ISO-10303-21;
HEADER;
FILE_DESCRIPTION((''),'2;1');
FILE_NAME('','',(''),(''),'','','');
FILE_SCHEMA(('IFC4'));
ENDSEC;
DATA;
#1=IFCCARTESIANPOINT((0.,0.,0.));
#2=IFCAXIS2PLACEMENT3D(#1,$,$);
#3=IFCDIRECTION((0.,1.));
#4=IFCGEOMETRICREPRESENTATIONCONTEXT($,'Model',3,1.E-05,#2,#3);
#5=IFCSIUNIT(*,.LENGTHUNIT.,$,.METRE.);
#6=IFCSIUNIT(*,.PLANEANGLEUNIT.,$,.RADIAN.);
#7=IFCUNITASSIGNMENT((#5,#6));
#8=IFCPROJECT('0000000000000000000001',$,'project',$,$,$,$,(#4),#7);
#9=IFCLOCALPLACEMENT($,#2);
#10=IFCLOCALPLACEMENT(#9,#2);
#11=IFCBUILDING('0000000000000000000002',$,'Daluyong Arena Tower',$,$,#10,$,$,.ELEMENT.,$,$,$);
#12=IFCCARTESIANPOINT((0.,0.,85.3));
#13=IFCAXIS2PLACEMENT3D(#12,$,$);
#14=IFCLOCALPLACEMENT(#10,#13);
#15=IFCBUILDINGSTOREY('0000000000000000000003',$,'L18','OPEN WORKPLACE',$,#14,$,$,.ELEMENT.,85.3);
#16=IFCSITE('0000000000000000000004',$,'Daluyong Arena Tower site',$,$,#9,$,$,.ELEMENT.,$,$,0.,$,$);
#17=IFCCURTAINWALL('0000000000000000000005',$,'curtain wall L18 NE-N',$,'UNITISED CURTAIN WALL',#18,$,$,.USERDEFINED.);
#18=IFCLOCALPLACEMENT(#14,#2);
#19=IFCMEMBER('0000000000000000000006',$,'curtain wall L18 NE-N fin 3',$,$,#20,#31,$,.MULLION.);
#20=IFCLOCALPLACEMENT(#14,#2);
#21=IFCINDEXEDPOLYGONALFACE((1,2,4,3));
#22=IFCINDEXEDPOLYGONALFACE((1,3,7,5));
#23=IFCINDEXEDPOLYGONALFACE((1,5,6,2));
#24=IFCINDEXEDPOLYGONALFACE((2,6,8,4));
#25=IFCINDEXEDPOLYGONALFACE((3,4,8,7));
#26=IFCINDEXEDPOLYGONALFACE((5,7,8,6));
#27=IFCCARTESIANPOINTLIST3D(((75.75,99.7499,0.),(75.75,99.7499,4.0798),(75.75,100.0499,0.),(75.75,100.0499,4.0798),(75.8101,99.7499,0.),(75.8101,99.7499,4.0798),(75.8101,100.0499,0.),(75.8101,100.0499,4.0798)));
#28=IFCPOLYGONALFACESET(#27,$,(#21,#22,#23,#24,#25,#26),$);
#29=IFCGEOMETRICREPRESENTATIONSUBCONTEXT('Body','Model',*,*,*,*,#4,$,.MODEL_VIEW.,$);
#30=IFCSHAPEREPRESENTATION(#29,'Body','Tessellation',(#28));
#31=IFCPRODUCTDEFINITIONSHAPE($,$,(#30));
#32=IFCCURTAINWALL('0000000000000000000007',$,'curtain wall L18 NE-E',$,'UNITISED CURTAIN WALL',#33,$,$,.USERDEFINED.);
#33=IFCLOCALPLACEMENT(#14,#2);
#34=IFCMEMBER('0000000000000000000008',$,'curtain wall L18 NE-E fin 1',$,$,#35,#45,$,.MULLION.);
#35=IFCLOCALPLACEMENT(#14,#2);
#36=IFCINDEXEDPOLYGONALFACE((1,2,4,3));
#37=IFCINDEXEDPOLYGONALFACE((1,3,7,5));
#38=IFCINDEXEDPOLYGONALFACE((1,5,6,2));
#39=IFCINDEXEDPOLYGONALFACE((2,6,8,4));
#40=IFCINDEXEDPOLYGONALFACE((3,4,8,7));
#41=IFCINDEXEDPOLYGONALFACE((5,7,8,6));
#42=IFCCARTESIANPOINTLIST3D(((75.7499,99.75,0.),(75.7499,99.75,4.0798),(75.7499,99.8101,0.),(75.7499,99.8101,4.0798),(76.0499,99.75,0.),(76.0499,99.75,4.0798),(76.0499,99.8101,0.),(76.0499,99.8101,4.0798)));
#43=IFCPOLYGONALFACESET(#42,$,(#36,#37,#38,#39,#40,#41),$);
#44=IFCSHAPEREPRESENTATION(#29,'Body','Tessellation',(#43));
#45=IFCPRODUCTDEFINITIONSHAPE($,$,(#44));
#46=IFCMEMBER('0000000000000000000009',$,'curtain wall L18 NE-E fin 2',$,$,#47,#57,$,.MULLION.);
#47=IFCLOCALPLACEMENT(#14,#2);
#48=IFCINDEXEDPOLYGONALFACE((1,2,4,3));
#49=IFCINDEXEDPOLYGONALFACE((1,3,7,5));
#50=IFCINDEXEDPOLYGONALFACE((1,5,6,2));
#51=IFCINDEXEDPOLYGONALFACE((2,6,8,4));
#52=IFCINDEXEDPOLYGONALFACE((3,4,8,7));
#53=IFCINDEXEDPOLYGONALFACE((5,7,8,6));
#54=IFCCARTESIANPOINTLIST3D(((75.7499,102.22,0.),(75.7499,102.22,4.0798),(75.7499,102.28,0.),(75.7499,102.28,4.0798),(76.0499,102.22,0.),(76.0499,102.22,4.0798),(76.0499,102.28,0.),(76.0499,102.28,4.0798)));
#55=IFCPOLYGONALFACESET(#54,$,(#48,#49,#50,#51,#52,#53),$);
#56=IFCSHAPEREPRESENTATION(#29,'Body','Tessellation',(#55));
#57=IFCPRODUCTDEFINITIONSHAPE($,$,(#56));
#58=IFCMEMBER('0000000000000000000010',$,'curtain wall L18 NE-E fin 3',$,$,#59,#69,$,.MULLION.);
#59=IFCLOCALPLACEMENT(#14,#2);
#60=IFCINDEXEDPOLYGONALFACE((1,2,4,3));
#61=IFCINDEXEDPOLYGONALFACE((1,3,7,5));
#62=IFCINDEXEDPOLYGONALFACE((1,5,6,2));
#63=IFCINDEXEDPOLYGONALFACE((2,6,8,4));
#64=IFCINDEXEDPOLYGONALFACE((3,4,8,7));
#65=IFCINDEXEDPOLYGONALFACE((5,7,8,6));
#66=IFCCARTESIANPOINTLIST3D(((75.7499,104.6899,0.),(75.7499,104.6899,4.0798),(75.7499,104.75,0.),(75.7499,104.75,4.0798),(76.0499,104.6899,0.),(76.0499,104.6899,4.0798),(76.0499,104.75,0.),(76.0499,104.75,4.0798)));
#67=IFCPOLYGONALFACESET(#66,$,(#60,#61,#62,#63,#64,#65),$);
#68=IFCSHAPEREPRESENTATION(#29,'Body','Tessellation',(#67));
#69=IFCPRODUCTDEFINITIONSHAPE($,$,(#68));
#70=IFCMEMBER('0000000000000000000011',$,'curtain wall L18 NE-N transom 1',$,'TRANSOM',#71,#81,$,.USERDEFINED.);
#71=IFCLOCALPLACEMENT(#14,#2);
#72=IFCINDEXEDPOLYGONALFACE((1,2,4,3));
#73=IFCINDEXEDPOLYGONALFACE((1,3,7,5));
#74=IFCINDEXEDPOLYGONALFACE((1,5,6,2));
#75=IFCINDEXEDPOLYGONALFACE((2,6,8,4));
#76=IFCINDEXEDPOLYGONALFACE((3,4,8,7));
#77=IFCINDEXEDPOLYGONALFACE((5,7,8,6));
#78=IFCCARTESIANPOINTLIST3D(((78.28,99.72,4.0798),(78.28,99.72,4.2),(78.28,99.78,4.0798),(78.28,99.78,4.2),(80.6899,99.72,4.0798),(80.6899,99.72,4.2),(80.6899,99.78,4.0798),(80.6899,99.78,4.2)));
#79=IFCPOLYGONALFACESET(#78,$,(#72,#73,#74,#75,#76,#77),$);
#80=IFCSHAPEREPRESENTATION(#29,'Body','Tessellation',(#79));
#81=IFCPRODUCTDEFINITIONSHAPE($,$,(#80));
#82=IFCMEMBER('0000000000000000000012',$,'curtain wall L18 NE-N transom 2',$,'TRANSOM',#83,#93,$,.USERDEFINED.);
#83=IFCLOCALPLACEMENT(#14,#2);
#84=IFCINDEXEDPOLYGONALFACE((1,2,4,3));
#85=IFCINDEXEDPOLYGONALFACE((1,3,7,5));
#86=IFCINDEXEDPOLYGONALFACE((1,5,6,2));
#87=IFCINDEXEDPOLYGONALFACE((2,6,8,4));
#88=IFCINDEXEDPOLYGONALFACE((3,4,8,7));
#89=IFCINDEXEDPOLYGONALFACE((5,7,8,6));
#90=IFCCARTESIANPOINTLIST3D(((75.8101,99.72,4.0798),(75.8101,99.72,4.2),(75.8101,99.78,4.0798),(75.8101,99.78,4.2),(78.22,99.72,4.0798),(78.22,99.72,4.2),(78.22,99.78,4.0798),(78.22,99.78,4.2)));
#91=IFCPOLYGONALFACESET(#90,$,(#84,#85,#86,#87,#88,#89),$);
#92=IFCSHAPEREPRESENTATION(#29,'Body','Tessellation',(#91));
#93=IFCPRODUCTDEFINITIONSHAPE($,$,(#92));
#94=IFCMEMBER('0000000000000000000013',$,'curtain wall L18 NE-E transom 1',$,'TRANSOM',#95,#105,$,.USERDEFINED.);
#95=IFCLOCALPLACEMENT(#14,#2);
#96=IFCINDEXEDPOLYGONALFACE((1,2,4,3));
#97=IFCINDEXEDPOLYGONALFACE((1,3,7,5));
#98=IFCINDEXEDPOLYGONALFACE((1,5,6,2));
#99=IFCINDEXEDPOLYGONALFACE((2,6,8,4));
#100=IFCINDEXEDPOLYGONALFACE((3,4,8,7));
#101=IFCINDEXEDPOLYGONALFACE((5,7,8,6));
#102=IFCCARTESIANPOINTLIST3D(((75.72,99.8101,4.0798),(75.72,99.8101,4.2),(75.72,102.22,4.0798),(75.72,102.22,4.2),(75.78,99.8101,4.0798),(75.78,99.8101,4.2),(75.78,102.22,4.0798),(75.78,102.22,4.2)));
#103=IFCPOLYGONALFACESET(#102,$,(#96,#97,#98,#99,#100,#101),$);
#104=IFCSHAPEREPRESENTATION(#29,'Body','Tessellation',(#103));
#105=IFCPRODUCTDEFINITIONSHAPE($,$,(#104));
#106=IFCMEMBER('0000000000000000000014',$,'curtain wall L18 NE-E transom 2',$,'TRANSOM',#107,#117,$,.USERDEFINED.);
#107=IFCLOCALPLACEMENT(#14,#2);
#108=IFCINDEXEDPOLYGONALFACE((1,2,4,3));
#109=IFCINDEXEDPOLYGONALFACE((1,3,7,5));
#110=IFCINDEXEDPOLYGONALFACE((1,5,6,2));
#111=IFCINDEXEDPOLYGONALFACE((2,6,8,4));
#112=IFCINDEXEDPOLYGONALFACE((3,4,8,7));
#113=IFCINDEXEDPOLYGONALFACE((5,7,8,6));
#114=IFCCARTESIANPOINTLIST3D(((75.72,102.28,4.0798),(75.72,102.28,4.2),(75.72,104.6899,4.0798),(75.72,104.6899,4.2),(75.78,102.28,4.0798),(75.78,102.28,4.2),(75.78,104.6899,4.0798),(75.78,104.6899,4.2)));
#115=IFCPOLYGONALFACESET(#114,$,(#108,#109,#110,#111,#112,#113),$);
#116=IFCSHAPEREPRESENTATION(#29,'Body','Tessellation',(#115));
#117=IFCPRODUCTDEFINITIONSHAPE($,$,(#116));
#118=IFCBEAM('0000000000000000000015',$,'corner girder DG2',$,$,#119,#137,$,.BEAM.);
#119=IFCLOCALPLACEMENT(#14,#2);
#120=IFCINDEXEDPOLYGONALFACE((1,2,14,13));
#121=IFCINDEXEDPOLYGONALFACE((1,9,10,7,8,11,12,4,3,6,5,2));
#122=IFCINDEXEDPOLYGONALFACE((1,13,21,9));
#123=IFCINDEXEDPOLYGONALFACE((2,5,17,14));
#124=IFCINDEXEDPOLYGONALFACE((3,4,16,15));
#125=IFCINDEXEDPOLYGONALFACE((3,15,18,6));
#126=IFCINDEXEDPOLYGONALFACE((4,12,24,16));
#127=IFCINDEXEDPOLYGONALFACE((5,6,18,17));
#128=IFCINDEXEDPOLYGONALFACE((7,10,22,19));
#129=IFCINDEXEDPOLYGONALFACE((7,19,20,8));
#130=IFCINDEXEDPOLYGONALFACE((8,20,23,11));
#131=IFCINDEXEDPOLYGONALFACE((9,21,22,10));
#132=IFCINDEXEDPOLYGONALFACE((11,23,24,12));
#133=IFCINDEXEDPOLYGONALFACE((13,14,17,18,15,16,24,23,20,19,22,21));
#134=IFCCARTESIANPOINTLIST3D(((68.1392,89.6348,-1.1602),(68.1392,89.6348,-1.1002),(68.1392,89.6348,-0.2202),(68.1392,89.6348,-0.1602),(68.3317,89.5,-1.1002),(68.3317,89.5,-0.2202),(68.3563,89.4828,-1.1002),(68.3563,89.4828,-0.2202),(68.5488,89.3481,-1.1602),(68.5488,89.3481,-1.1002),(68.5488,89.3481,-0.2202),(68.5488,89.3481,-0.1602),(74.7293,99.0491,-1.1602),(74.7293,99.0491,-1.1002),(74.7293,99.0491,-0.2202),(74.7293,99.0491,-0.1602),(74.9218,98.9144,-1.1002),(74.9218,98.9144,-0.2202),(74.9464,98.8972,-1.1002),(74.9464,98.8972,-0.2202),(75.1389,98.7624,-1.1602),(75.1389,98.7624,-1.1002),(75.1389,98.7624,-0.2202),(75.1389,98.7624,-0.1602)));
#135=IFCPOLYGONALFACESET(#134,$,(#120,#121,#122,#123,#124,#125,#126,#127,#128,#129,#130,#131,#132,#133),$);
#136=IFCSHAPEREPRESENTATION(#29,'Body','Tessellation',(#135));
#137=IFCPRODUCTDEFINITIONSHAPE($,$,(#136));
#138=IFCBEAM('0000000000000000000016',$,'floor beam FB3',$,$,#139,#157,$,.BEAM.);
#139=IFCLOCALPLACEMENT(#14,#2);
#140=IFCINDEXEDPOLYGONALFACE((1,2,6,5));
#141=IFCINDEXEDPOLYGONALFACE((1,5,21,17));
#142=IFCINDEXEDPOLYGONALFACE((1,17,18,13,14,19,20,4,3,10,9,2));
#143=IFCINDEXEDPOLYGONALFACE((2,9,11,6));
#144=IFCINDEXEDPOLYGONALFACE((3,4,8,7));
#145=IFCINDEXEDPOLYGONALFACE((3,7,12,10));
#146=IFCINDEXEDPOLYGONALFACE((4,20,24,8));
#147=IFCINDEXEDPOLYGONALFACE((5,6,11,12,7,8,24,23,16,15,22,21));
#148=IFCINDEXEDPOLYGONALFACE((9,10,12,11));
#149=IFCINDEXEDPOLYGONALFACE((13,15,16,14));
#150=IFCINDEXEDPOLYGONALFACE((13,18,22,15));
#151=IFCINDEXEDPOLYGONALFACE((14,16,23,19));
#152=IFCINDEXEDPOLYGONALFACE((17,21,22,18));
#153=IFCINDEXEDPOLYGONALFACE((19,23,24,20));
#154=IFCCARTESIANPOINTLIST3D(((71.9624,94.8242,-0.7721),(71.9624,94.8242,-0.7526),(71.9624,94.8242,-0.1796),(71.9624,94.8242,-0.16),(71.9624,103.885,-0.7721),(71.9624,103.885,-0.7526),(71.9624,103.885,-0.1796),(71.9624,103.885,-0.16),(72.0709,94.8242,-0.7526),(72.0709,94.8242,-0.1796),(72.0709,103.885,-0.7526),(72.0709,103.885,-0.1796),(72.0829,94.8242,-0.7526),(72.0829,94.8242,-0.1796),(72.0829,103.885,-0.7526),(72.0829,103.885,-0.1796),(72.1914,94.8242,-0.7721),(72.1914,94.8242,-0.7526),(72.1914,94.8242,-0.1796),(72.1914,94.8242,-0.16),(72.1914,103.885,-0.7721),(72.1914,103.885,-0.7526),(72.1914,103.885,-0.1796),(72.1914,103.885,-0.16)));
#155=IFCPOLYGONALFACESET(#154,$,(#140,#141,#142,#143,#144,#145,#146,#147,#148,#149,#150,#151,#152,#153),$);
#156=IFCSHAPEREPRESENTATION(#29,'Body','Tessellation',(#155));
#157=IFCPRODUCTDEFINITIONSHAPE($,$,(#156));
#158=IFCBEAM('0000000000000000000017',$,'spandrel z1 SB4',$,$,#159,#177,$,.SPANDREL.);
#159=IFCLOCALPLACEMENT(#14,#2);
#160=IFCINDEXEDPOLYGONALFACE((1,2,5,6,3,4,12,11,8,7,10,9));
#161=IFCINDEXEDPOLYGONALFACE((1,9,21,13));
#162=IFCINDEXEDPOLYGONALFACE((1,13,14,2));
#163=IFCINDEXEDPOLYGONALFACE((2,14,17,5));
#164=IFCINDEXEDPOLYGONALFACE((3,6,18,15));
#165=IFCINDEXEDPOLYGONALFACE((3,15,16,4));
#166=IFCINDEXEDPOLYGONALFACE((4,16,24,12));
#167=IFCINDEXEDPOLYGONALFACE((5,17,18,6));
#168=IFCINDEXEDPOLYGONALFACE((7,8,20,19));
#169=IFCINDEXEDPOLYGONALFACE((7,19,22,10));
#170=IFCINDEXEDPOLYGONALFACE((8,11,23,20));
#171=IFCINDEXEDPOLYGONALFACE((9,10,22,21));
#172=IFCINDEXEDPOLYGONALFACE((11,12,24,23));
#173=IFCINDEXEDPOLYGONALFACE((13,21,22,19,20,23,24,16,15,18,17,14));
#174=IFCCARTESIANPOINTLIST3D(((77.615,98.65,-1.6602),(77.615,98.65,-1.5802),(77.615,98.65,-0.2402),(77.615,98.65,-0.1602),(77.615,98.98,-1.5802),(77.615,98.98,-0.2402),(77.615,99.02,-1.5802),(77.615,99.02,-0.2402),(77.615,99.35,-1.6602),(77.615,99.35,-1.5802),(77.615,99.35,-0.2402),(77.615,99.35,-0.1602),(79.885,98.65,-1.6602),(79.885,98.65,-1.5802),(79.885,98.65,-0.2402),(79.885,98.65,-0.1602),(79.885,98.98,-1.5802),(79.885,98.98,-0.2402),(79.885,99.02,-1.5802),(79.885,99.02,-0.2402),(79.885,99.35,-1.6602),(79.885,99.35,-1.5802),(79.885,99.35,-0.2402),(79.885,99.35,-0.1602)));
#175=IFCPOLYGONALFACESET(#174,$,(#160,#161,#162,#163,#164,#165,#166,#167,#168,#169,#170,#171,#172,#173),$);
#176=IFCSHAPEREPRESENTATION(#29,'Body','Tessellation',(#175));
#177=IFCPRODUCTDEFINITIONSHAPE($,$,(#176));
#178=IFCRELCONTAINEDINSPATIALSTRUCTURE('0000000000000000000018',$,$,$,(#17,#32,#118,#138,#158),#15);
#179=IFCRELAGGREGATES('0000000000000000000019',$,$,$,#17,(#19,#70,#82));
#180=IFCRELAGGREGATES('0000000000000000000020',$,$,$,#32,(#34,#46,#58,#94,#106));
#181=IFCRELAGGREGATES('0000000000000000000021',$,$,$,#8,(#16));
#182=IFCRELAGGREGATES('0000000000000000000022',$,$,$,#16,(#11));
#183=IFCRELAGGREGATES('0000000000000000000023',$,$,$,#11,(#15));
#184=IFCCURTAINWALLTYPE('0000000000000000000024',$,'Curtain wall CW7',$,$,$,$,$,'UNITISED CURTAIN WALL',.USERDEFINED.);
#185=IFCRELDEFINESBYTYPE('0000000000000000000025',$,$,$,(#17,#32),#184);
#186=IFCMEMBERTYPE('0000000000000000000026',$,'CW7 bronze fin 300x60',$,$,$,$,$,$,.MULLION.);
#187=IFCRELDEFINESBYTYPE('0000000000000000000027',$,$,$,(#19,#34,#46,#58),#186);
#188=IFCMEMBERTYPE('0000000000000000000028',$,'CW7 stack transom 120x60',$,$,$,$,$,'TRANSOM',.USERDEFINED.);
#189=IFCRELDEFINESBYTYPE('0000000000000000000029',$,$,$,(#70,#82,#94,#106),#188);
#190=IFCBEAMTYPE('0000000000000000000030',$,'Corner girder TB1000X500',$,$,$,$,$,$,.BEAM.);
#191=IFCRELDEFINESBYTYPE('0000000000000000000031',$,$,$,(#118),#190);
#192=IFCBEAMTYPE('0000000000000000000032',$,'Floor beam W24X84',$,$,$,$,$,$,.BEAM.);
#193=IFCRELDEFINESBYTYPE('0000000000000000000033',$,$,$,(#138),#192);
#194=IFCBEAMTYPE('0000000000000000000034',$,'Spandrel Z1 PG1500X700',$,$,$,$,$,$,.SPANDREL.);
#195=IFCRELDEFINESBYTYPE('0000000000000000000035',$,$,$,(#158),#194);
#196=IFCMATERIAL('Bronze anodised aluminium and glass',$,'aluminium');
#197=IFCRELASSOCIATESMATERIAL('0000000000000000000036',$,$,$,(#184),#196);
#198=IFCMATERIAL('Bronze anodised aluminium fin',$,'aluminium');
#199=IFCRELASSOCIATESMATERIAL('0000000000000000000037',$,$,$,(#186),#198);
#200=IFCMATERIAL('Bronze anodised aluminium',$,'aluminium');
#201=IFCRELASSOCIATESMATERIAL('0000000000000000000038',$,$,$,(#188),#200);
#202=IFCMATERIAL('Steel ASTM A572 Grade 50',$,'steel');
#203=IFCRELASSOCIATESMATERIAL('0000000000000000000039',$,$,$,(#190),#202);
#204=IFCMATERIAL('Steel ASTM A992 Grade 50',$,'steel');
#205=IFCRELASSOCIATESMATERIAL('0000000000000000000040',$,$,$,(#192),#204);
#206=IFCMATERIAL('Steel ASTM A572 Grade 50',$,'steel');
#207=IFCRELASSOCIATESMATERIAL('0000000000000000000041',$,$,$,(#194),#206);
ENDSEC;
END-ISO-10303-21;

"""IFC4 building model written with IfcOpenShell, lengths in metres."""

from ifc_helpers import new_model, si_unit, direction, frame, origin, origin_2d, place, context, subcontext, project, spatial, rectangle, i_section, extrude, material, material_profile, profile_set, type_object, element, aggregate, save


model = new_model("IFC4")

# Units and contexts
model_context = context("Model", 3, precision=1e-05, world=origin(), true_north=direction((0.0, 1.0)))
body_context = subcontext(model_context, "Body", "Model", "MODEL_VIEW")
ifc_project = project(units=[si_unit("LENGTHUNIT", "METRE"), si_unit("PLANEANGLEUNIT", "RADIAN")], contexts=[model_context])

# Site, building, storey
site_placement = place(None, origin())
site = spatial("IfcSite", under=ifc_project, at=site_placement, Name="Daluyong Arena Tower site", CompositionType="ELEMENT", RefElevation=0.0)
building_placement = place(site_placement, origin())
building = spatial("IfcBuilding", under=site, at=building_placement, Name="Daluyong Arena Tower", CompositionType="ELEMENT")
storey_placement = place(building_placement, frame((0.0, 0.0, 85.3)))
storey = spatial("IfcBuildingStorey", under=building, at=storey_placement, Name="L18", Description="OPEN WORKPLACE", CompositionType="ELEMENT", Elevation=85.3)

# Curtain walls, members
ifc_material_1 = material(Name="Bronze anodised aluminium and glass", Category="aluminium")
curtain_wall_type_1 = type_object("IfcCurtainWallType", Name="Curtain wall CW7", ElementType="UNITISED CURTAIN WALL", PredefinedType="USERDEFINED", material=ifc_material_1)
curtain_wall_1_placement = place(storey_placement, origin())
curtain_wall_1 = element("IfcCurtainWall", 1, at=curtain_wall_1_placement, inside=storey, type_object=curtain_wall_type_1, Name="curtain wall L18 NE-N", ObjectType="UNITISED CURTAIN WALL", PredefinedType="USERDEFINED")
ifc_material_2 = material(Name="Bronze anodised aluminium fin", Category="aluminium")
ifc_material_profile_1 = material_profile(ifc_material_2, rectangle(XDim=0.3, YDim=0.0601, at=origin_2d()))
ifc_profile_set_1 = profile_set([ifc_material_profile_1], Name="Bronze anodised aluminium fin")
member_type_1 = type_object("IfcMemberType", Name="CW7 bronze fin 300x60", PredefinedType="MULLION", material=ifc_profile_set_1)
member_1_placement = place(storey_placement, frame((75.78, 99.8999, 0.0), z_axis=(0.0, 0.0, 1.0), x_axis=(0.0, -1.0, 0.0)))
member_1 = element("IfcMember", 2, at=member_1_placement, type_object=member_type_1, Name="curtain wall L18 NE-N fin 3", PredefinedType="MULLION", context=body_context, shape_type="SweptSolid", body=[
    extrude(rectangle(XDim=0.3, YDim=0.0601, at=origin_2d()), origin(), (0.0, 0.0, 1.0), 4.0798),
])
curtain_wall_2_placement = place(storey_placement, origin())
curtain_wall_2 = element("IfcCurtainWall", 3, at=curtain_wall_2_placement, inside=storey, type_object=curtain_wall_type_1, Name="curtain wall L18 NE-E", ObjectType="UNITISED CURTAIN WALL", PredefinedType="USERDEFINED")
member_2_placement = place(storey_placement, frame((75.8999, 99.78, 0.0), z_axis=(0.0, 0.0, 1.0), x_axis=(-1.0, 0.0, 0.0)))
member_2 = element("IfcMember", 4, at=member_2_placement, type_object=member_type_1, Name="curtain wall L18 NE-E fin 1", PredefinedType="MULLION", context=body_context, shape_type="SweptSolid", body=[
    extrude(rectangle(XDim=0.3, YDim=0.0601, at=origin_2d()), origin(), (0.0, 0.0, 1.0), 4.0798),
])
member_3_placement = place(storey_placement, frame((75.8999, 102.25, 0.0), z_axis=(0.0, 0.0, 1.0), x_axis=(-1.0, 0.0, 0.0)))
member_3 = element("IfcMember", 5, at=member_3_placement, type_object=member_type_1, Name="curtain wall L18 NE-E fin 2", PredefinedType="MULLION", context=body_context, shape_type="SweptSolid", body=[
    extrude(rectangle(XDim=0.3, YDim=0.0601, at=origin_2d()), origin(), (0.0, 0.0, 1.0), 4.0798),
])
member_4_placement = place(storey_placement, frame((75.8999, 104.72, 0.0), z_axis=(0.0, 0.0, 1.0), x_axis=(-1.0, 0.0, 0.0)))
member_4 = element("IfcMember", 6, at=member_4_placement, type_object=member_type_1, Name="curtain wall L18 NE-E fin 3", PredefinedType="MULLION", context=body_context, shape_type="SweptSolid", body=[
    extrude(rectangle(XDim=0.3, YDim=0.0601, at=origin_2d()), origin(), (0.0, 0.0, 1.0), 4.0798),
])

# Members
ifc_material_3 = material(Name="Bronze anodised aluminium", Category="aluminium")
ifc_material_profile_2 = material_profile(ifc_material_3, rectangle(XDim=0.0601, YDim=0.1201, at=origin_2d()))
ifc_profile_set_2 = profile_set([ifc_material_profile_2], Name="Bronze anodised aluminium")
member_type_2 = type_object("IfcMemberType", Name="CW7 stack transom 120x60", ElementType="TRANSOM", PredefinedType="USERDEFINED", material=ifc_profile_set_2)
member_5_placement = place(storey_placement, frame((80.6899, 99.75, 4.1399), z_axis=(-1.0, 0.0, 0.0), x_axis=(0.0, -1.0, 0.0)))
member_5 = element("IfcMember", 7, at=member_5_placement, type_object=member_type_2, Name="curtain wall L18 NE-N transom 1", ObjectType="TRANSOM", PredefinedType="USERDEFINED", context=body_context, shape_type="SweptSolid", body=[
    extrude(rectangle(XDim=0.0601, YDim=0.1201, at=origin_2d()), origin(), (0.0, 0.0, 1.0), 2.4099),
])
member_6_placement = place(storey_placement, frame((78.22, 99.75, 4.1399), z_axis=(-1.0, 0.0, 0.0), x_axis=(0.0, -1.0, 0.0)))
member_6 = element("IfcMember", 8, at=member_6_placement, type_object=member_type_2, Name="curtain wall L18 NE-N transom 2", ObjectType="TRANSOM", PredefinedType="USERDEFINED", context=body_context, shape_type="SweptSolid", body=[
    extrude(rectangle(XDim=0.0601, YDim=0.1201, at=origin_2d()), origin(), (0.0, 0.0, 1.0), 2.4099),
])
member_7_placement = place(storey_placement, frame((75.75, 99.8101, 4.1399), z_axis=(0.0, 1.0, 0.0), x_axis=(-1.0, 0.0, 0.0)))
member_7 = element("IfcMember", 9, at=member_7_placement, type_object=member_type_2, Name="curtain wall L18 NE-E transom 1", ObjectType="TRANSOM", PredefinedType="USERDEFINED", context=body_context, shape_type="SweptSolid", body=[
    extrude(rectangle(XDim=0.0601, YDim=0.1201, at=origin_2d()), origin(), (0.0, 0.0, 1.0), 2.4099),
])
member_8_placement = place(storey_placement, frame((75.75, 102.28, 4.1399), z_axis=(0.0, 1.0, 0.0), x_axis=(-1.0, 0.0, 0.0)))
member_8 = element("IfcMember", 10, at=member_8_placement, type_object=member_type_2, Name="curtain wall L18 NE-E transom 2", ObjectType="TRANSOM", PredefinedType="USERDEFINED", context=body_context, shape_type="SweptSolid", body=[
    extrude(rectangle(XDim=0.0601, YDim=0.1201, at=origin_2d()), origin(), (0.0, 0.0, 1.0), 2.4099),
])

# Beams
ifc_material_4 = material(Name="Steel ASTM A572 Grade 50", Category="steel")
ifc_material_profile_3 = material_profile(ifc_material_4, i_section(OverallWidth=0.5, OverallDepth=1.0, WebThickness=0.03, FlangeThickness=0.06, at=origin_2d()))
ifc_profile_set_3 = profile_set([ifc_material_profile_3], Name="Steel ASTM A572 Grade 50")
beam_type_1 = type_object("IfcBeamType", Name="Corner girder TB1000X500", PredefinedType="BEAM", material=ifc_profile_set_3)
beam_1_placement = place(storey_placement, frame((74.9341, 98.9058, -0.6602), z_axis=(-0.573467, -0.819229, 0.0), x_axis=(0.819229, -0.573467, 0.0)))
element("IfcBeam", 11, at=beam_1_placement, inside=storey, type_object=beam_type_1, Name="corner girder DG2", PredefinedType="BEAM", context=body_context, shape_type="SweptSolid", body=[
    extrude(i_section(OverallWidth=0.5, OverallDepth=1.0, WebThickness=0.03, FlangeThickness=0.06, at=origin_2d()), origin(), (0.0, 0.0, 1.0), 11.4917),
])
ifc_material_5 = material(Name="Steel ASTM A992 Grade 50", Category="steel")
ifc_material_profile_4 = material_profile(ifc_material_5, i_section(OverallWidth=0.229, OverallDepth=0.6121, WebThickness=0.012, FlangeThickness=0.0195, at=origin_2d()))
ifc_profile_set_4 = profile_set([ifc_material_profile_4], Name="Steel ASTM A992 Grade 50")
beam_type_2 = type_object("IfcBeamType", Name="Floor beam W24X84", PredefinedType="BEAM", material=ifc_profile_set_4)
beam_2_placement = place(storey_placement, frame((72.0769, 103.885, -0.4661), z_axis=(0.0, -1.0, 0.0), x_axis=(1.0, 0.0, 0.0)))
element("IfcBeam", 12, at=beam_2_placement, inside=storey, type_object=beam_type_2, Name="floor beam FB3", PredefinedType="BEAM", context=body_context, shape_type="SweptSolid", body=[
    extrude(i_section(OverallWidth=0.229, OverallDepth=0.6121, WebThickness=0.012, FlangeThickness=0.0195, at=origin_2d()), origin(), (0.0, 0.0, 1.0), 9.0608),
])
ifc_material_6 = material(Name="Steel ASTM A572 Grade 50", Category="steel")
ifc_material_profile_5 = material_profile(ifc_material_6, i_section(OverallWidth=0.7, OverallDepth=1.5, WebThickness=0.04, FlangeThickness=0.08, at=origin_2d()))
ifc_profile_set_5 = profile_set([ifc_material_profile_5], Name="Steel ASTM A572 Grade 50")
beam_type_3 = type_object("IfcBeamType", Name="Spandrel Z1 PG1500X700", PredefinedType="SPANDREL", material=ifc_profile_set_5)
for number, where, z_axis, x_axis, name in (
    (13, (79.885, 99.0, -0.9102), (-1.0, 0.0, 0.0), (0.0, -1.0, 0.0), "spandrel z1 SB4"),
):
    element("IfcBeam", number, at=place(storey_placement, frame(where, z_axis=z_axis, x_axis=x_axis)), inside=storey, type_object=beam_type_3, Name=name, PredefinedType="SPANDREL", context=body_context, shape_type="SweptSolid", body=[
        extrude(i_section(OverallWidth=0.7, OverallDepth=1.5, WebThickness=0.04, FlangeThickness=0.08, at=origin_2d()), origin(), (0.0, 0.0, 1.0), 2.27),
    ])

aggregate(curtain_wall_1, [member_1, member_5, member_6])
aggregate(curtain_wall_2, [member_2, member_3, member_4, member_7, member_8])

save(model, "model.ifc")
